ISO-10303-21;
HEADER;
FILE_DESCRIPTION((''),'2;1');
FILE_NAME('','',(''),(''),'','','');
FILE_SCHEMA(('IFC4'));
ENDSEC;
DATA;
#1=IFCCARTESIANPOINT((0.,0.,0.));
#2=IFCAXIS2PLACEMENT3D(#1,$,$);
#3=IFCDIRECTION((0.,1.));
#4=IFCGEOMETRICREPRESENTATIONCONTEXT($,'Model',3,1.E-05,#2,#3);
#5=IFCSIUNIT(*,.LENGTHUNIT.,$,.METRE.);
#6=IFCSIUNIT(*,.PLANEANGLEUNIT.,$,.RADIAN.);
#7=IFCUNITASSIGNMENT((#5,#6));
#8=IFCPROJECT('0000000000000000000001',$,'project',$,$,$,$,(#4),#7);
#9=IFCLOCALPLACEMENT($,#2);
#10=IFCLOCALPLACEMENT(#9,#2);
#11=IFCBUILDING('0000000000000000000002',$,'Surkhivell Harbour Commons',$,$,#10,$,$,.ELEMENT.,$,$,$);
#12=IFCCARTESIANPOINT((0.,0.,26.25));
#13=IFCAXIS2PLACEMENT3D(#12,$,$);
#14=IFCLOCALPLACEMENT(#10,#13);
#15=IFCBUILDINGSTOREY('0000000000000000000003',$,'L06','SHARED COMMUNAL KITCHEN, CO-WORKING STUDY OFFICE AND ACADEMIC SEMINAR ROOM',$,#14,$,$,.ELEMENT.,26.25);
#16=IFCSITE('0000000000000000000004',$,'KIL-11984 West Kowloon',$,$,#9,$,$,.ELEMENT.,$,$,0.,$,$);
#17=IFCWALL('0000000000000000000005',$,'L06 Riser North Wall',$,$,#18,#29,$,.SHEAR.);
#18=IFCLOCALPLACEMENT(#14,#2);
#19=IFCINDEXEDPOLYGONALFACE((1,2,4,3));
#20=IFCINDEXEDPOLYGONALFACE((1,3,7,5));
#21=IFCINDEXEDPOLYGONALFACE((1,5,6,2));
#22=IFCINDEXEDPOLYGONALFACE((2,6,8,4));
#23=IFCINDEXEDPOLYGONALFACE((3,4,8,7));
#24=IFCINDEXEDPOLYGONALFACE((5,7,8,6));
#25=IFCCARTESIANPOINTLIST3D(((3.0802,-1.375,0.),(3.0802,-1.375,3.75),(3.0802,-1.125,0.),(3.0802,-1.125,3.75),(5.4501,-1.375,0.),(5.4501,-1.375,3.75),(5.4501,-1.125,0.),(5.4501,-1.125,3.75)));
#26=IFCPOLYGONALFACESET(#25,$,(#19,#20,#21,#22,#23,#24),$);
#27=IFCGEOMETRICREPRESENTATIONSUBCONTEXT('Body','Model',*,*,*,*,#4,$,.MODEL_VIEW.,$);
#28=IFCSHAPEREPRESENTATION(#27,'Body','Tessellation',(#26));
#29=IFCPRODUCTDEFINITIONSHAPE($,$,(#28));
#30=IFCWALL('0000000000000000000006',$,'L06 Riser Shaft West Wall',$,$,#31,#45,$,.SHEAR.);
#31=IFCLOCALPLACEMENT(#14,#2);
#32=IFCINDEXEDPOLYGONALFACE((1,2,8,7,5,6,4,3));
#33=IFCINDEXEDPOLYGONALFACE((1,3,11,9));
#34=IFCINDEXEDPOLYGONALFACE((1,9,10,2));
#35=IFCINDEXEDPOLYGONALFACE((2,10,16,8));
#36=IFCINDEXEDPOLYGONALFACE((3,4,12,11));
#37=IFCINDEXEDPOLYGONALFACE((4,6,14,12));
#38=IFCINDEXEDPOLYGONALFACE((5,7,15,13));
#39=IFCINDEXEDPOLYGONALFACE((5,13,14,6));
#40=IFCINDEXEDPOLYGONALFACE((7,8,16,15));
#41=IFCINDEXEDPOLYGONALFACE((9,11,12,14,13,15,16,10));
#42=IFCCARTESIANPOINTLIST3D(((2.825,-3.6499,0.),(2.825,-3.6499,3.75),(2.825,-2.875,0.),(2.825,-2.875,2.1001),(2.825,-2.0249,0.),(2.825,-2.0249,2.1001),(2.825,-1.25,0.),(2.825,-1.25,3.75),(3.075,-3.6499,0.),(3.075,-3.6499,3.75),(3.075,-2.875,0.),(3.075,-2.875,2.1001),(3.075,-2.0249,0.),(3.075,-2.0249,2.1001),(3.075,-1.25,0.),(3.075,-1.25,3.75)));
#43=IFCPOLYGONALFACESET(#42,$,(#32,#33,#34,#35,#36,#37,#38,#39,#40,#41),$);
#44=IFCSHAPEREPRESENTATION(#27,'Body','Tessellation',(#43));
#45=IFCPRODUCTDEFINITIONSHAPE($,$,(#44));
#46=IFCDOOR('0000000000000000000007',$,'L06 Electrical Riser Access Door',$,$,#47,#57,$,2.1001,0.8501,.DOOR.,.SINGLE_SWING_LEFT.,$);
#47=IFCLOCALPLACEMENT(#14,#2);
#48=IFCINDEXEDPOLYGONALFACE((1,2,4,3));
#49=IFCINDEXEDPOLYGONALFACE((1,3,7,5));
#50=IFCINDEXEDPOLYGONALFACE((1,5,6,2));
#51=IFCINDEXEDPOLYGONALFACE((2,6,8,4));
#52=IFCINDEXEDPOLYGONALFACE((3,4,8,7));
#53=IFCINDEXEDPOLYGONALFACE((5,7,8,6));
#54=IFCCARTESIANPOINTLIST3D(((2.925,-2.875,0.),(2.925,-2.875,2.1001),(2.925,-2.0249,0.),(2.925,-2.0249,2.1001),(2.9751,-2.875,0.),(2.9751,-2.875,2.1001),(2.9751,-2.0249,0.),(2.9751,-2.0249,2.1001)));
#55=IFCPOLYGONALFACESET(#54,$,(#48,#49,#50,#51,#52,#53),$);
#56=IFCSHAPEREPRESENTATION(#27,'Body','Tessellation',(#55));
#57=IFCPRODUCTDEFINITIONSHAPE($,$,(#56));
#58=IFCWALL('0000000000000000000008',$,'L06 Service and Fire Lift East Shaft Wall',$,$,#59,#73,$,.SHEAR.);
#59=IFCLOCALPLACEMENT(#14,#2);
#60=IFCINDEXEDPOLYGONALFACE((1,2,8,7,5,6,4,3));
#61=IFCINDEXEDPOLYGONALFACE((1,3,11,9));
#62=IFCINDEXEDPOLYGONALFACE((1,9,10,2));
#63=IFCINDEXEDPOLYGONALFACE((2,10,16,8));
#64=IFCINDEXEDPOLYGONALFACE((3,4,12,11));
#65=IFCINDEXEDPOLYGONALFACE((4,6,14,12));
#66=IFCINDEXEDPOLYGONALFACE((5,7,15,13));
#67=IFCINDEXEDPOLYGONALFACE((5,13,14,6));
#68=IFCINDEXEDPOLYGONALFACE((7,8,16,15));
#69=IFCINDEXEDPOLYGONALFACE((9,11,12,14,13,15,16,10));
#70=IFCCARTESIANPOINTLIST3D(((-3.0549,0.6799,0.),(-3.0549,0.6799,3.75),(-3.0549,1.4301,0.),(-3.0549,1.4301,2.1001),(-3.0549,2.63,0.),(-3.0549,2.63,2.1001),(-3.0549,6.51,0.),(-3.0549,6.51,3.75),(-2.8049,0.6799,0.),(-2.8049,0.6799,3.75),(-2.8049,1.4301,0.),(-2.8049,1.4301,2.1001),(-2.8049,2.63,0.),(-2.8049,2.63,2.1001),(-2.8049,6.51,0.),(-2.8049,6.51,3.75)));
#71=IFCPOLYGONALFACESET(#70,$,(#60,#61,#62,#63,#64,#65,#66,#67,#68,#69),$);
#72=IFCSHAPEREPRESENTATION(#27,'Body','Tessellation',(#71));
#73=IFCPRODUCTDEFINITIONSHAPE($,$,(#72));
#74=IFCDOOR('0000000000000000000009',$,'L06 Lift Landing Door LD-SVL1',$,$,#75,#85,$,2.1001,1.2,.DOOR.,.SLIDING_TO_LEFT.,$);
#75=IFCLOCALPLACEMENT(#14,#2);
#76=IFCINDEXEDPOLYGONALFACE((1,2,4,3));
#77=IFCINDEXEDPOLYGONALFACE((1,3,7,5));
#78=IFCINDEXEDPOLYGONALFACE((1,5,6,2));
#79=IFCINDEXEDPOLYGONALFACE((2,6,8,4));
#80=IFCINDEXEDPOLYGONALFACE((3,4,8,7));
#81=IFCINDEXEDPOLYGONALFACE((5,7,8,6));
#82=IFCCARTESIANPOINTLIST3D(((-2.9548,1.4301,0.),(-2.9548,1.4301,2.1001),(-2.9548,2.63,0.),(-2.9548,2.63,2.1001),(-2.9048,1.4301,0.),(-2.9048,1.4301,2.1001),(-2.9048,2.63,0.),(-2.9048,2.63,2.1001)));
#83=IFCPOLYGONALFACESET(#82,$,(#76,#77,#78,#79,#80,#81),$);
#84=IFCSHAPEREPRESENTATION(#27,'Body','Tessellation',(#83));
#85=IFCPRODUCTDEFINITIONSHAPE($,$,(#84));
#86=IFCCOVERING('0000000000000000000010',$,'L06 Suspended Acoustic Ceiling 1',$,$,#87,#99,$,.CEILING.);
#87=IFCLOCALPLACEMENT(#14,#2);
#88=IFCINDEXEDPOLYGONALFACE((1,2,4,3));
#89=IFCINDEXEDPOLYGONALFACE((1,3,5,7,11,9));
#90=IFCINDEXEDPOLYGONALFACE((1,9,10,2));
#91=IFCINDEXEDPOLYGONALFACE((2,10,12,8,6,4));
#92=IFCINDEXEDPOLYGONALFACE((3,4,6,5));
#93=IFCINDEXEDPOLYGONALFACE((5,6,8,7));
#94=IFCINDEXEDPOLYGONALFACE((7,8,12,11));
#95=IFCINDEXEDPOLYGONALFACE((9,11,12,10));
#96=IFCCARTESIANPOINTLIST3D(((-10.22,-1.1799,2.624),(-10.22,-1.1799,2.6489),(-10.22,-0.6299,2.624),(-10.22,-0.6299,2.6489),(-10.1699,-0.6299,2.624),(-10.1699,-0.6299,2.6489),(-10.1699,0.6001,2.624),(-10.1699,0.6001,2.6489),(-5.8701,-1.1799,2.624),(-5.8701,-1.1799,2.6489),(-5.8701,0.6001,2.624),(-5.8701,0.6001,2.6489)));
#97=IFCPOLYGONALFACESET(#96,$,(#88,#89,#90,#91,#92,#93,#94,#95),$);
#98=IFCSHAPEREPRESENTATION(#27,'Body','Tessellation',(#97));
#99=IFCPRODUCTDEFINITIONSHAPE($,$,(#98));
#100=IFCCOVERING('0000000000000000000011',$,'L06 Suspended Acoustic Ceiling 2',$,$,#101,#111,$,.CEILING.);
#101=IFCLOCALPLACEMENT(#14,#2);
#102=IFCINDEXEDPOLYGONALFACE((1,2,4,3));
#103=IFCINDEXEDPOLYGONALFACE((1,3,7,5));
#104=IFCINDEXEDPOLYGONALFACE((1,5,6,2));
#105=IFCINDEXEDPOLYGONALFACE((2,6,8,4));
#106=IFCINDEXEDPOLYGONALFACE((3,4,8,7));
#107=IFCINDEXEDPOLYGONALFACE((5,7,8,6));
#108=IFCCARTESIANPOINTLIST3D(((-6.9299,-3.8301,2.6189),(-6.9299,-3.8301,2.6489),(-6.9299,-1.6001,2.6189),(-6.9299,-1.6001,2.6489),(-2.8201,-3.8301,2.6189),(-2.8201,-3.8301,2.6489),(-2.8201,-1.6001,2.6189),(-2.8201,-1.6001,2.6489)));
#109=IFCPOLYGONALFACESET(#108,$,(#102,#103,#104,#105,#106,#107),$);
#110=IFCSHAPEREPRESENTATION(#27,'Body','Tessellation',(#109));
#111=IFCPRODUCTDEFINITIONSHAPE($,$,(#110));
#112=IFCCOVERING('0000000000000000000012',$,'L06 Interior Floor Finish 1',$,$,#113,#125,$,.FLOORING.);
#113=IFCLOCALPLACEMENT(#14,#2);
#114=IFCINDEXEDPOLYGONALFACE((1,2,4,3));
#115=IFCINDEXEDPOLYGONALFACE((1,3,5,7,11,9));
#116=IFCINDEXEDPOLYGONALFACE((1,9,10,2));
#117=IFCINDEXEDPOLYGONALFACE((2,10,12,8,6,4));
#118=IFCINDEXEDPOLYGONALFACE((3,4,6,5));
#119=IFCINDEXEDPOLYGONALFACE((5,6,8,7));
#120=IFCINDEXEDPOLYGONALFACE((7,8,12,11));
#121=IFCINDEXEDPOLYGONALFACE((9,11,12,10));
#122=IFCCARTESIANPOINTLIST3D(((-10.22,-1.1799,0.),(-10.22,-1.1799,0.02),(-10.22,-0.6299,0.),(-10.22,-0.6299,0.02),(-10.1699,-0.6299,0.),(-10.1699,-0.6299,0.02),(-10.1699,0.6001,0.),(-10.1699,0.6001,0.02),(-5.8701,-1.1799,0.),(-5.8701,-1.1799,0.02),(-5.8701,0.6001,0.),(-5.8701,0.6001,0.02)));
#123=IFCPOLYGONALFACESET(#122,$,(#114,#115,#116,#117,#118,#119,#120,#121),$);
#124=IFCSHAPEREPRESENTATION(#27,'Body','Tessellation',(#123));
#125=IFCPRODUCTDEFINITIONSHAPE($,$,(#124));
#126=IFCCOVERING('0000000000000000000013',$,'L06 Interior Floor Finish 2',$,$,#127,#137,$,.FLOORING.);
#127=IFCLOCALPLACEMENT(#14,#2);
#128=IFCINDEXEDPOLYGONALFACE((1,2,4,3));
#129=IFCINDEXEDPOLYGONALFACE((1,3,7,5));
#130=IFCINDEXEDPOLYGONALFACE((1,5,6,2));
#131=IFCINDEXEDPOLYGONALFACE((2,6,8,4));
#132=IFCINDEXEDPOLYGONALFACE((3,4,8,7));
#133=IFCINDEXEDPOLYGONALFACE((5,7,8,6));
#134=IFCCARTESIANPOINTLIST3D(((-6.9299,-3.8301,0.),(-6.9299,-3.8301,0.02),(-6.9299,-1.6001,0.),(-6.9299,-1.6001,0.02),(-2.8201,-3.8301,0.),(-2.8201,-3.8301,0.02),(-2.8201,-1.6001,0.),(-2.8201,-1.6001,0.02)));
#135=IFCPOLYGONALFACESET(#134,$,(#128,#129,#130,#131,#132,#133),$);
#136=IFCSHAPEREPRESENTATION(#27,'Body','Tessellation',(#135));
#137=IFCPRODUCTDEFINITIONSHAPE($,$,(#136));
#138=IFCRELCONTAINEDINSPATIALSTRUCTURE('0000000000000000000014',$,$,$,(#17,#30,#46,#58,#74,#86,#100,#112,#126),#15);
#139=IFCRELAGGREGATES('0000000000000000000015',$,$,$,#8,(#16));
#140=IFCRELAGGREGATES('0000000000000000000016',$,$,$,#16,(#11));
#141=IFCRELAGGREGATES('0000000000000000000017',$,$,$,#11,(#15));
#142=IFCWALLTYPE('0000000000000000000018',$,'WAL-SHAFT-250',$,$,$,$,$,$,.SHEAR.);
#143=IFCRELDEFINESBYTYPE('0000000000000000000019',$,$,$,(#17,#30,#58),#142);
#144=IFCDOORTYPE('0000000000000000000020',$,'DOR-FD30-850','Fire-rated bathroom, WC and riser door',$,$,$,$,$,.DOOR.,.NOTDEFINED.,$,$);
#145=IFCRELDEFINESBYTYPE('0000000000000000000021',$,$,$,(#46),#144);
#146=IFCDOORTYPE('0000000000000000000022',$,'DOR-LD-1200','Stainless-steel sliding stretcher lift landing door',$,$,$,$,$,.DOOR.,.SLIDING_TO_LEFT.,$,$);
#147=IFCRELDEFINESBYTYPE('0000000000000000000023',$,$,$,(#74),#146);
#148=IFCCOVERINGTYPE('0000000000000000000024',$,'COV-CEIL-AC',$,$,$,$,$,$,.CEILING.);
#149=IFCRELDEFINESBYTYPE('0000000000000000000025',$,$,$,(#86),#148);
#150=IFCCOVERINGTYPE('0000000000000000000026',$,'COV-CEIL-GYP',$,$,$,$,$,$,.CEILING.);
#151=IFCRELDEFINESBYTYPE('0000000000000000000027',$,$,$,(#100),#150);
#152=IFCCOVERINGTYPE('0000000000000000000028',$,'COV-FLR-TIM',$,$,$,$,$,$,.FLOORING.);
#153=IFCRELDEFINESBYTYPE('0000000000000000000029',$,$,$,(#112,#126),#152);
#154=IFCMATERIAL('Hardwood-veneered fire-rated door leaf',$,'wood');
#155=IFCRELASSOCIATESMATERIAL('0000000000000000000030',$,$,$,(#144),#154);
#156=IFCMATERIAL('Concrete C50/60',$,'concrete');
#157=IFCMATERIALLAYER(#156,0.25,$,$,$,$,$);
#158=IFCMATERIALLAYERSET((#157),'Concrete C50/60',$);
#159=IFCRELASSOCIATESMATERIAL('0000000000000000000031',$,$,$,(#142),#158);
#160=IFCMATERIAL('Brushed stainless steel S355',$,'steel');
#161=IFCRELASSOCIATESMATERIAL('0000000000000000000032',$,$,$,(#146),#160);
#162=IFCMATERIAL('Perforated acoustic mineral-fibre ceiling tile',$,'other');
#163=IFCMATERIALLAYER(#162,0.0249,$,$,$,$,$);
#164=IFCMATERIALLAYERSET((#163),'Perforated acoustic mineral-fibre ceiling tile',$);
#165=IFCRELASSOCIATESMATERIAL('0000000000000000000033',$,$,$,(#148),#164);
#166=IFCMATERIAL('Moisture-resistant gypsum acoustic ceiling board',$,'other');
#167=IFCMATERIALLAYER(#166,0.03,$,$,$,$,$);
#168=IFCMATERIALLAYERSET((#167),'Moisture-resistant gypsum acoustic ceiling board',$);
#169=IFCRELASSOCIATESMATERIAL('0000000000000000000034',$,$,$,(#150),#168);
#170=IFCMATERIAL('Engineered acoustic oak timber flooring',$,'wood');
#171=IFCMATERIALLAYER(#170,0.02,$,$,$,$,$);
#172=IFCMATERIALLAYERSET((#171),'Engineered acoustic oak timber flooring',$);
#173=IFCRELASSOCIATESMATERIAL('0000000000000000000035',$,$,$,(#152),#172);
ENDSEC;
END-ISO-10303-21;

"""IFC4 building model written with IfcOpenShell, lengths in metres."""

from ifc_helpers import new_model, si_unit, direction, frame, frame_2d, origin, place, context, subcontext, project, spatial, polyline, rectangle, outline, extrude, material, layer, layer_set, type_object, element, fill, save


model = new_model("IFC4")

# Units and contexts
model_context = context("Model", 3, precision=1e-05, world=origin(), true_north=direction((0.0, 1.0)))
body_context = subcontext(model_context, "Body", "Model", "MODEL_VIEW")
ifc_project = project(units=[si_unit("LENGTHUNIT", "METRE"), si_unit("PLANEANGLEUNIT", "RADIAN")], contexts=[model_context])

# Site, building, storey
site_placement = place(None, origin())
site = spatial("IfcSite", under=ifc_project, at=site_placement, Name="KIL-11984 West Kowloon", CompositionType="ELEMENT", RefElevation=0.0)
building_placement = place(site_placement, origin())
building = spatial("IfcBuilding", under=site, at=building_placement, Name="Surkhivell Harbour Commons", CompositionType="ELEMENT")
storey_placement = place(building_placement, frame((0.0, 0.0, 26.25)))
storey = spatial("IfcBuildingStorey", under=building, at=storey_placement, Name="L06", Description="SHARED COMMUNAL KITCHEN, CO-WORKING STUDY OFFICE AND ACADEMIC SEMINAR ROOM", CompositionType="ELEMENT", Elevation=26.25)

# Shared definitions
ifc_material_1 = material(Name="Hardwood-veneered fire-rated door leaf", Category="wood")
door_type_1 = type_object("IfcDoorType", Name="DOR-FD30-850", Description="Fire-rated bathroom, WC and riser door", OperationType="NOTDEFINED", PredefinedType="DOOR", material=ifc_material_1)

# Wall
ifc_material_2 = material(Name="Concrete C50/60", Category="concrete")
ifc_layer_1 = layer(ifc_material_2, 0.25)
ifc_layer_set_1 = layer_set([ifc_layer_1], Name="Concrete C50/60")
wall_type_1 = type_object("IfcWallType", Name="WAL-SHAFT-250", PredefinedType="SHEAR", material=ifc_layer_set_1)
for number, where, z_axis, x_axis, name in (
    (1, (3.0801, -1.25, 0.0), (0.0, 0.0, 1.0), (1.0, 0.0, 0.0), "L06 Riser North Wall"),
):
    element("IfcWall", number, at=place(storey_placement, frame(where, z_axis=z_axis, x_axis=x_axis)), inside=storey, type_object=wall_type_1, Name=name, PredefinedType="SHEAR", context=body_context, shape_type="SweptSolid", body=[
        extrude(rectangle(XDim=2.3699, YDim=0.25, at=frame_2d((1.1851, 0.0))), origin(), (0.0, 0.0, 1.0), 3.75),
    ])

# Walls, openings, doors
wall_1_placement = place(storey_placement, frame((2.95, -3.6499, 0.0), z_axis=(0.0, 0.0, 1.0), x_axis=(0.0, 1.0, 0.0)))
wall_1 = element("IfcWall", 2, at=wall_1_placement, inside=storey, type_object=wall_type_1, Name="L06 Riser Shaft West Wall", PredefinedType="SHEAR", context=body_context, shape_type="SweptSolid", body=[
    extrude(rectangle(XDim=2.3999, YDim=0.25, at=frame_2d((1.2, 0.0))), origin(), (0.0, 0.0, 1.0), 3.75),
])
opening_1_placement = place(wall_1_placement, frame((0.7749, 0.0, 0.0)))
opening_1 = element("IfcOpeningElement", 3, at=opening_1_placement, cuts=wall_1, PredefinedType="OPENING", context=body_context, shape_type="SweptSolid", body=[
    extrude(rectangle(XDim=0.8501, YDim=2.1001, at=frame_2d((0.425, 1.05))), frame((0.0, 0.135, 0.0), z_axis=(0.0, -1.0, 0.0), x_axis=(1.0, 0.0, 0.0)), (0.0, 0.0, 1.0), 0.27),
])
door_1_placement = place(opening_1_placement, origin())
door_1 = element("IfcDoor", 4, at=door_1_placement, inside=storey, type_object=door_type_1, Name="L06 Electrical Riser Access Door", OperationType="SINGLE_SWING_LEFT", OverallHeight=2.1001, OverallWidth=0.8501, PredefinedType="DOOR", context=body_context, shape_type="SweptSolid", body=[
    extrude(rectangle(XDim=0.8501, YDim=2.1001, at=frame_2d((0.425, 1.05))), frame((0.0, 0.0249, 0.0), z_axis=(0.0, -1.0, 0.0), x_axis=(1.0, 0.0, 0.0)), (0.0, 0.0, 1.0), 0.05),
])
fill(opening_1, door_1)
wall_2_placement = place(storey_placement, frame((-2.9299, 0.6799, 0.0), z_axis=(0.0, 0.0, 1.0), x_axis=(0.0, 1.0, 0.0)))
wall_2 = element("IfcWall", 5, at=wall_2_placement, inside=storey, type_object=wall_type_1, Name="L06 Service and Fire Lift East Shaft Wall", PredefinedType="SHEAR", context=body_context, shape_type="SweptSolid", body=[
    extrude(rectangle(XDim=5.8301, YDim=0.25, at=frame_2d((2.915, 0.0))), origin(), (0.0, 0.0, 1.0), 3.75),
])
opening_2_placement = place(wall_2_placement, frame((0.75, 0.0, 0.0)))
opening_2 = element("IfcOpeningElement", 6, at=opening_2_placement, cuts=wall_2, PredefinedType="OPENING", context=body_context, shape_type="SweptSolid", body=[
    extrude(rectangle(XDim=1.2, YDim=2.1001, at=frame_2d((0.6001, 1.05))), frame((0.0, 0.135, 0.0), z_axis=(0.0, -1.0, 0.0), x_axis=(1.0, 0.0, 0.0)), (0.0, 0.0, 1.0), 0.27),
])
ifc_material_3 = material(Name="Brushed stainless steel S355", Category="steel")
door_type_2 = type_object("IfcDoorType", Name="DOR-LD-1200", Description="Stainless-steel sliding stretcher lift landing door", OperationType="SLIDING_TO_LEFT", PredefinedType="DOOR", material=ifc_material_3)
door_2_placement = place(opening_2_placement, origin())
door_2 = element("IfcDoor", 7, at=door_2_placement, inside=storey, type_object=door_type_2, Name="L06 Lift Landing Door LD-SVL1", OperationType="SLIDING_TO_LEFT", OverallHeight=2.1001, OverallWidth=1.2, PredefinedType="DOOR", context=body_context, shape_type="SweptSolid", body=[
    extrude(rectangle(XDim=1.2, YDim=2.1001, at=frame_2d((0.6001, 1.05))), frame((0.0, 0.0249, 0.0), z_axis=(0.0, -1.0, 0.0), x_axis=(1.0, 0.0, 0.0)), (0.0, 0.0, 1.0), 0.05),
])
fill(opening_2, door_2)

# Coverings
ifc_material_4 = material(Name="Perforated acoustic mineral-fibre ceiling tile", Category="other")
ifc_layer_2 = layer(ifc_material_4, 0.0249)
ifc_layer_set_2 = layer_set([ifc_layer_2], Name="Perforated acoustic mineral-fibre ceiling tile")
covering_type_1 = type_object("IfcCoveringType", Name="COV-CEIL-AC", PredefinedType="CEILING", material=ifc_layer_set_2)
covering_1_placement = place(storey_placement, frame((0.0, 0.0, 2.624)))
element("IfcCovering", 8, at=covering_1_placement, inside=storey, type_object=covering_type_1, Name="L06 Suspended Acoustic Ceiling 1", PredefinedType="CEILING", context=body_context, shape_type="SweptSolid", body=[
    extrude(outline(polyline([(-10.22, -1.1799), (-5.8701, -1.1799), (-5.8701, 0.6001), (-10.1699, 0.6001), (-10.1699, -0.6299), (-10.22, -0.6299), (-10.22, -1.1799)])), origin(), (0.0, 0.0, 1.0), 0.0249),
])
ifc_material_5 = material(Name="Moisture-resistant gypsum acoustic ceiling board", Category="other")
ifc_layer_3 = layer(ifc_material_5, 0.03)
ifc_layer_set_3 = layer_set([ifc_layer_3], Name="Moisture-resistant gypsum acoustic ceiling board")
covering_type_2 = type_object("IfcCoveringType", Name="COV-CEIL-GYP", PredefinedType="CEILING", material=ifc_layer_set_3)
covering_2_placement = place(storey_placement, frame((0.0, 0.0, 2.6189)))
element("IfcCovering", 9, at=covering_2_placement, inside=storey, type_object=covering_type_2, Name="L06 Suspended Acoustic Ceiling 2", PredefinedType="CEILING", context=body_context, shape_type="SweptSolid", body=[
    extrude(outline(polyline([(-6.9299, -3.8301), (-2.8201, -3.8301), (-2.8201, -1.6001), (-6.9299, -1.6001), (-6.9299, -3.8301)])), origin(), (0.0, 0.0, 1.0), 0.03),
])
ifc_material_6 = material(Name="Engineered acoustic oak timber flooring", Category="wood")
ifc_layer_4 = layer(ifc_material_6, 0.02)
ifc_layer_set_4 = layer_set([ifc_layer_4], Name="Engineered acoustic oak timber flooring")
covering_type_3 = type_object("IfcCoveringType", Name="COV-FLR-TIM", PredefinedType="FLOORING", material=ifc_layer_set_4)
covering_3_placement = place(storey_placement, origin())
element("IfcCovering", 10, at=covering_3_placement, inside=storey, type_object=covering_type_3, Name="L06 Interior Floor Finish 1", PredefinedType="FLOORING", context=body_context, shape_type="SweptSolid", body=[
    extrude(outline(polyline([(-10.22, -1.1799), (-5.8701, -1.1799), (-5.8701, 0.6001), (-10.1699, 0.6001), (-10.1699, -0.6299), (-10.22, -0.6299), (-10.22, -1.1799)])), origin(), (0.0, 0.0, 1.0), 0.02),
])
covering_4_placement = place(storey_placement, origin())
element("IfcCovering", 11, at=covering_4_placement, inside=storey, type_object=covering_type_3, Name="L06 Interior Floor Finish 2", PredefinedType="FLOORING", context=body_context, shape_type="SweptSolid", body=[
    extrude(outline(polyline([(-6.9299, -3.8301), (-2.8201, -3.8301), (-2.8201, -1.6001), (-6.9299, -1.6001), (-6.9299, -3.8301)])), origin(), (0.0, 0.0, 1.0), 0.02),
])

save(model, "model.ifc")
